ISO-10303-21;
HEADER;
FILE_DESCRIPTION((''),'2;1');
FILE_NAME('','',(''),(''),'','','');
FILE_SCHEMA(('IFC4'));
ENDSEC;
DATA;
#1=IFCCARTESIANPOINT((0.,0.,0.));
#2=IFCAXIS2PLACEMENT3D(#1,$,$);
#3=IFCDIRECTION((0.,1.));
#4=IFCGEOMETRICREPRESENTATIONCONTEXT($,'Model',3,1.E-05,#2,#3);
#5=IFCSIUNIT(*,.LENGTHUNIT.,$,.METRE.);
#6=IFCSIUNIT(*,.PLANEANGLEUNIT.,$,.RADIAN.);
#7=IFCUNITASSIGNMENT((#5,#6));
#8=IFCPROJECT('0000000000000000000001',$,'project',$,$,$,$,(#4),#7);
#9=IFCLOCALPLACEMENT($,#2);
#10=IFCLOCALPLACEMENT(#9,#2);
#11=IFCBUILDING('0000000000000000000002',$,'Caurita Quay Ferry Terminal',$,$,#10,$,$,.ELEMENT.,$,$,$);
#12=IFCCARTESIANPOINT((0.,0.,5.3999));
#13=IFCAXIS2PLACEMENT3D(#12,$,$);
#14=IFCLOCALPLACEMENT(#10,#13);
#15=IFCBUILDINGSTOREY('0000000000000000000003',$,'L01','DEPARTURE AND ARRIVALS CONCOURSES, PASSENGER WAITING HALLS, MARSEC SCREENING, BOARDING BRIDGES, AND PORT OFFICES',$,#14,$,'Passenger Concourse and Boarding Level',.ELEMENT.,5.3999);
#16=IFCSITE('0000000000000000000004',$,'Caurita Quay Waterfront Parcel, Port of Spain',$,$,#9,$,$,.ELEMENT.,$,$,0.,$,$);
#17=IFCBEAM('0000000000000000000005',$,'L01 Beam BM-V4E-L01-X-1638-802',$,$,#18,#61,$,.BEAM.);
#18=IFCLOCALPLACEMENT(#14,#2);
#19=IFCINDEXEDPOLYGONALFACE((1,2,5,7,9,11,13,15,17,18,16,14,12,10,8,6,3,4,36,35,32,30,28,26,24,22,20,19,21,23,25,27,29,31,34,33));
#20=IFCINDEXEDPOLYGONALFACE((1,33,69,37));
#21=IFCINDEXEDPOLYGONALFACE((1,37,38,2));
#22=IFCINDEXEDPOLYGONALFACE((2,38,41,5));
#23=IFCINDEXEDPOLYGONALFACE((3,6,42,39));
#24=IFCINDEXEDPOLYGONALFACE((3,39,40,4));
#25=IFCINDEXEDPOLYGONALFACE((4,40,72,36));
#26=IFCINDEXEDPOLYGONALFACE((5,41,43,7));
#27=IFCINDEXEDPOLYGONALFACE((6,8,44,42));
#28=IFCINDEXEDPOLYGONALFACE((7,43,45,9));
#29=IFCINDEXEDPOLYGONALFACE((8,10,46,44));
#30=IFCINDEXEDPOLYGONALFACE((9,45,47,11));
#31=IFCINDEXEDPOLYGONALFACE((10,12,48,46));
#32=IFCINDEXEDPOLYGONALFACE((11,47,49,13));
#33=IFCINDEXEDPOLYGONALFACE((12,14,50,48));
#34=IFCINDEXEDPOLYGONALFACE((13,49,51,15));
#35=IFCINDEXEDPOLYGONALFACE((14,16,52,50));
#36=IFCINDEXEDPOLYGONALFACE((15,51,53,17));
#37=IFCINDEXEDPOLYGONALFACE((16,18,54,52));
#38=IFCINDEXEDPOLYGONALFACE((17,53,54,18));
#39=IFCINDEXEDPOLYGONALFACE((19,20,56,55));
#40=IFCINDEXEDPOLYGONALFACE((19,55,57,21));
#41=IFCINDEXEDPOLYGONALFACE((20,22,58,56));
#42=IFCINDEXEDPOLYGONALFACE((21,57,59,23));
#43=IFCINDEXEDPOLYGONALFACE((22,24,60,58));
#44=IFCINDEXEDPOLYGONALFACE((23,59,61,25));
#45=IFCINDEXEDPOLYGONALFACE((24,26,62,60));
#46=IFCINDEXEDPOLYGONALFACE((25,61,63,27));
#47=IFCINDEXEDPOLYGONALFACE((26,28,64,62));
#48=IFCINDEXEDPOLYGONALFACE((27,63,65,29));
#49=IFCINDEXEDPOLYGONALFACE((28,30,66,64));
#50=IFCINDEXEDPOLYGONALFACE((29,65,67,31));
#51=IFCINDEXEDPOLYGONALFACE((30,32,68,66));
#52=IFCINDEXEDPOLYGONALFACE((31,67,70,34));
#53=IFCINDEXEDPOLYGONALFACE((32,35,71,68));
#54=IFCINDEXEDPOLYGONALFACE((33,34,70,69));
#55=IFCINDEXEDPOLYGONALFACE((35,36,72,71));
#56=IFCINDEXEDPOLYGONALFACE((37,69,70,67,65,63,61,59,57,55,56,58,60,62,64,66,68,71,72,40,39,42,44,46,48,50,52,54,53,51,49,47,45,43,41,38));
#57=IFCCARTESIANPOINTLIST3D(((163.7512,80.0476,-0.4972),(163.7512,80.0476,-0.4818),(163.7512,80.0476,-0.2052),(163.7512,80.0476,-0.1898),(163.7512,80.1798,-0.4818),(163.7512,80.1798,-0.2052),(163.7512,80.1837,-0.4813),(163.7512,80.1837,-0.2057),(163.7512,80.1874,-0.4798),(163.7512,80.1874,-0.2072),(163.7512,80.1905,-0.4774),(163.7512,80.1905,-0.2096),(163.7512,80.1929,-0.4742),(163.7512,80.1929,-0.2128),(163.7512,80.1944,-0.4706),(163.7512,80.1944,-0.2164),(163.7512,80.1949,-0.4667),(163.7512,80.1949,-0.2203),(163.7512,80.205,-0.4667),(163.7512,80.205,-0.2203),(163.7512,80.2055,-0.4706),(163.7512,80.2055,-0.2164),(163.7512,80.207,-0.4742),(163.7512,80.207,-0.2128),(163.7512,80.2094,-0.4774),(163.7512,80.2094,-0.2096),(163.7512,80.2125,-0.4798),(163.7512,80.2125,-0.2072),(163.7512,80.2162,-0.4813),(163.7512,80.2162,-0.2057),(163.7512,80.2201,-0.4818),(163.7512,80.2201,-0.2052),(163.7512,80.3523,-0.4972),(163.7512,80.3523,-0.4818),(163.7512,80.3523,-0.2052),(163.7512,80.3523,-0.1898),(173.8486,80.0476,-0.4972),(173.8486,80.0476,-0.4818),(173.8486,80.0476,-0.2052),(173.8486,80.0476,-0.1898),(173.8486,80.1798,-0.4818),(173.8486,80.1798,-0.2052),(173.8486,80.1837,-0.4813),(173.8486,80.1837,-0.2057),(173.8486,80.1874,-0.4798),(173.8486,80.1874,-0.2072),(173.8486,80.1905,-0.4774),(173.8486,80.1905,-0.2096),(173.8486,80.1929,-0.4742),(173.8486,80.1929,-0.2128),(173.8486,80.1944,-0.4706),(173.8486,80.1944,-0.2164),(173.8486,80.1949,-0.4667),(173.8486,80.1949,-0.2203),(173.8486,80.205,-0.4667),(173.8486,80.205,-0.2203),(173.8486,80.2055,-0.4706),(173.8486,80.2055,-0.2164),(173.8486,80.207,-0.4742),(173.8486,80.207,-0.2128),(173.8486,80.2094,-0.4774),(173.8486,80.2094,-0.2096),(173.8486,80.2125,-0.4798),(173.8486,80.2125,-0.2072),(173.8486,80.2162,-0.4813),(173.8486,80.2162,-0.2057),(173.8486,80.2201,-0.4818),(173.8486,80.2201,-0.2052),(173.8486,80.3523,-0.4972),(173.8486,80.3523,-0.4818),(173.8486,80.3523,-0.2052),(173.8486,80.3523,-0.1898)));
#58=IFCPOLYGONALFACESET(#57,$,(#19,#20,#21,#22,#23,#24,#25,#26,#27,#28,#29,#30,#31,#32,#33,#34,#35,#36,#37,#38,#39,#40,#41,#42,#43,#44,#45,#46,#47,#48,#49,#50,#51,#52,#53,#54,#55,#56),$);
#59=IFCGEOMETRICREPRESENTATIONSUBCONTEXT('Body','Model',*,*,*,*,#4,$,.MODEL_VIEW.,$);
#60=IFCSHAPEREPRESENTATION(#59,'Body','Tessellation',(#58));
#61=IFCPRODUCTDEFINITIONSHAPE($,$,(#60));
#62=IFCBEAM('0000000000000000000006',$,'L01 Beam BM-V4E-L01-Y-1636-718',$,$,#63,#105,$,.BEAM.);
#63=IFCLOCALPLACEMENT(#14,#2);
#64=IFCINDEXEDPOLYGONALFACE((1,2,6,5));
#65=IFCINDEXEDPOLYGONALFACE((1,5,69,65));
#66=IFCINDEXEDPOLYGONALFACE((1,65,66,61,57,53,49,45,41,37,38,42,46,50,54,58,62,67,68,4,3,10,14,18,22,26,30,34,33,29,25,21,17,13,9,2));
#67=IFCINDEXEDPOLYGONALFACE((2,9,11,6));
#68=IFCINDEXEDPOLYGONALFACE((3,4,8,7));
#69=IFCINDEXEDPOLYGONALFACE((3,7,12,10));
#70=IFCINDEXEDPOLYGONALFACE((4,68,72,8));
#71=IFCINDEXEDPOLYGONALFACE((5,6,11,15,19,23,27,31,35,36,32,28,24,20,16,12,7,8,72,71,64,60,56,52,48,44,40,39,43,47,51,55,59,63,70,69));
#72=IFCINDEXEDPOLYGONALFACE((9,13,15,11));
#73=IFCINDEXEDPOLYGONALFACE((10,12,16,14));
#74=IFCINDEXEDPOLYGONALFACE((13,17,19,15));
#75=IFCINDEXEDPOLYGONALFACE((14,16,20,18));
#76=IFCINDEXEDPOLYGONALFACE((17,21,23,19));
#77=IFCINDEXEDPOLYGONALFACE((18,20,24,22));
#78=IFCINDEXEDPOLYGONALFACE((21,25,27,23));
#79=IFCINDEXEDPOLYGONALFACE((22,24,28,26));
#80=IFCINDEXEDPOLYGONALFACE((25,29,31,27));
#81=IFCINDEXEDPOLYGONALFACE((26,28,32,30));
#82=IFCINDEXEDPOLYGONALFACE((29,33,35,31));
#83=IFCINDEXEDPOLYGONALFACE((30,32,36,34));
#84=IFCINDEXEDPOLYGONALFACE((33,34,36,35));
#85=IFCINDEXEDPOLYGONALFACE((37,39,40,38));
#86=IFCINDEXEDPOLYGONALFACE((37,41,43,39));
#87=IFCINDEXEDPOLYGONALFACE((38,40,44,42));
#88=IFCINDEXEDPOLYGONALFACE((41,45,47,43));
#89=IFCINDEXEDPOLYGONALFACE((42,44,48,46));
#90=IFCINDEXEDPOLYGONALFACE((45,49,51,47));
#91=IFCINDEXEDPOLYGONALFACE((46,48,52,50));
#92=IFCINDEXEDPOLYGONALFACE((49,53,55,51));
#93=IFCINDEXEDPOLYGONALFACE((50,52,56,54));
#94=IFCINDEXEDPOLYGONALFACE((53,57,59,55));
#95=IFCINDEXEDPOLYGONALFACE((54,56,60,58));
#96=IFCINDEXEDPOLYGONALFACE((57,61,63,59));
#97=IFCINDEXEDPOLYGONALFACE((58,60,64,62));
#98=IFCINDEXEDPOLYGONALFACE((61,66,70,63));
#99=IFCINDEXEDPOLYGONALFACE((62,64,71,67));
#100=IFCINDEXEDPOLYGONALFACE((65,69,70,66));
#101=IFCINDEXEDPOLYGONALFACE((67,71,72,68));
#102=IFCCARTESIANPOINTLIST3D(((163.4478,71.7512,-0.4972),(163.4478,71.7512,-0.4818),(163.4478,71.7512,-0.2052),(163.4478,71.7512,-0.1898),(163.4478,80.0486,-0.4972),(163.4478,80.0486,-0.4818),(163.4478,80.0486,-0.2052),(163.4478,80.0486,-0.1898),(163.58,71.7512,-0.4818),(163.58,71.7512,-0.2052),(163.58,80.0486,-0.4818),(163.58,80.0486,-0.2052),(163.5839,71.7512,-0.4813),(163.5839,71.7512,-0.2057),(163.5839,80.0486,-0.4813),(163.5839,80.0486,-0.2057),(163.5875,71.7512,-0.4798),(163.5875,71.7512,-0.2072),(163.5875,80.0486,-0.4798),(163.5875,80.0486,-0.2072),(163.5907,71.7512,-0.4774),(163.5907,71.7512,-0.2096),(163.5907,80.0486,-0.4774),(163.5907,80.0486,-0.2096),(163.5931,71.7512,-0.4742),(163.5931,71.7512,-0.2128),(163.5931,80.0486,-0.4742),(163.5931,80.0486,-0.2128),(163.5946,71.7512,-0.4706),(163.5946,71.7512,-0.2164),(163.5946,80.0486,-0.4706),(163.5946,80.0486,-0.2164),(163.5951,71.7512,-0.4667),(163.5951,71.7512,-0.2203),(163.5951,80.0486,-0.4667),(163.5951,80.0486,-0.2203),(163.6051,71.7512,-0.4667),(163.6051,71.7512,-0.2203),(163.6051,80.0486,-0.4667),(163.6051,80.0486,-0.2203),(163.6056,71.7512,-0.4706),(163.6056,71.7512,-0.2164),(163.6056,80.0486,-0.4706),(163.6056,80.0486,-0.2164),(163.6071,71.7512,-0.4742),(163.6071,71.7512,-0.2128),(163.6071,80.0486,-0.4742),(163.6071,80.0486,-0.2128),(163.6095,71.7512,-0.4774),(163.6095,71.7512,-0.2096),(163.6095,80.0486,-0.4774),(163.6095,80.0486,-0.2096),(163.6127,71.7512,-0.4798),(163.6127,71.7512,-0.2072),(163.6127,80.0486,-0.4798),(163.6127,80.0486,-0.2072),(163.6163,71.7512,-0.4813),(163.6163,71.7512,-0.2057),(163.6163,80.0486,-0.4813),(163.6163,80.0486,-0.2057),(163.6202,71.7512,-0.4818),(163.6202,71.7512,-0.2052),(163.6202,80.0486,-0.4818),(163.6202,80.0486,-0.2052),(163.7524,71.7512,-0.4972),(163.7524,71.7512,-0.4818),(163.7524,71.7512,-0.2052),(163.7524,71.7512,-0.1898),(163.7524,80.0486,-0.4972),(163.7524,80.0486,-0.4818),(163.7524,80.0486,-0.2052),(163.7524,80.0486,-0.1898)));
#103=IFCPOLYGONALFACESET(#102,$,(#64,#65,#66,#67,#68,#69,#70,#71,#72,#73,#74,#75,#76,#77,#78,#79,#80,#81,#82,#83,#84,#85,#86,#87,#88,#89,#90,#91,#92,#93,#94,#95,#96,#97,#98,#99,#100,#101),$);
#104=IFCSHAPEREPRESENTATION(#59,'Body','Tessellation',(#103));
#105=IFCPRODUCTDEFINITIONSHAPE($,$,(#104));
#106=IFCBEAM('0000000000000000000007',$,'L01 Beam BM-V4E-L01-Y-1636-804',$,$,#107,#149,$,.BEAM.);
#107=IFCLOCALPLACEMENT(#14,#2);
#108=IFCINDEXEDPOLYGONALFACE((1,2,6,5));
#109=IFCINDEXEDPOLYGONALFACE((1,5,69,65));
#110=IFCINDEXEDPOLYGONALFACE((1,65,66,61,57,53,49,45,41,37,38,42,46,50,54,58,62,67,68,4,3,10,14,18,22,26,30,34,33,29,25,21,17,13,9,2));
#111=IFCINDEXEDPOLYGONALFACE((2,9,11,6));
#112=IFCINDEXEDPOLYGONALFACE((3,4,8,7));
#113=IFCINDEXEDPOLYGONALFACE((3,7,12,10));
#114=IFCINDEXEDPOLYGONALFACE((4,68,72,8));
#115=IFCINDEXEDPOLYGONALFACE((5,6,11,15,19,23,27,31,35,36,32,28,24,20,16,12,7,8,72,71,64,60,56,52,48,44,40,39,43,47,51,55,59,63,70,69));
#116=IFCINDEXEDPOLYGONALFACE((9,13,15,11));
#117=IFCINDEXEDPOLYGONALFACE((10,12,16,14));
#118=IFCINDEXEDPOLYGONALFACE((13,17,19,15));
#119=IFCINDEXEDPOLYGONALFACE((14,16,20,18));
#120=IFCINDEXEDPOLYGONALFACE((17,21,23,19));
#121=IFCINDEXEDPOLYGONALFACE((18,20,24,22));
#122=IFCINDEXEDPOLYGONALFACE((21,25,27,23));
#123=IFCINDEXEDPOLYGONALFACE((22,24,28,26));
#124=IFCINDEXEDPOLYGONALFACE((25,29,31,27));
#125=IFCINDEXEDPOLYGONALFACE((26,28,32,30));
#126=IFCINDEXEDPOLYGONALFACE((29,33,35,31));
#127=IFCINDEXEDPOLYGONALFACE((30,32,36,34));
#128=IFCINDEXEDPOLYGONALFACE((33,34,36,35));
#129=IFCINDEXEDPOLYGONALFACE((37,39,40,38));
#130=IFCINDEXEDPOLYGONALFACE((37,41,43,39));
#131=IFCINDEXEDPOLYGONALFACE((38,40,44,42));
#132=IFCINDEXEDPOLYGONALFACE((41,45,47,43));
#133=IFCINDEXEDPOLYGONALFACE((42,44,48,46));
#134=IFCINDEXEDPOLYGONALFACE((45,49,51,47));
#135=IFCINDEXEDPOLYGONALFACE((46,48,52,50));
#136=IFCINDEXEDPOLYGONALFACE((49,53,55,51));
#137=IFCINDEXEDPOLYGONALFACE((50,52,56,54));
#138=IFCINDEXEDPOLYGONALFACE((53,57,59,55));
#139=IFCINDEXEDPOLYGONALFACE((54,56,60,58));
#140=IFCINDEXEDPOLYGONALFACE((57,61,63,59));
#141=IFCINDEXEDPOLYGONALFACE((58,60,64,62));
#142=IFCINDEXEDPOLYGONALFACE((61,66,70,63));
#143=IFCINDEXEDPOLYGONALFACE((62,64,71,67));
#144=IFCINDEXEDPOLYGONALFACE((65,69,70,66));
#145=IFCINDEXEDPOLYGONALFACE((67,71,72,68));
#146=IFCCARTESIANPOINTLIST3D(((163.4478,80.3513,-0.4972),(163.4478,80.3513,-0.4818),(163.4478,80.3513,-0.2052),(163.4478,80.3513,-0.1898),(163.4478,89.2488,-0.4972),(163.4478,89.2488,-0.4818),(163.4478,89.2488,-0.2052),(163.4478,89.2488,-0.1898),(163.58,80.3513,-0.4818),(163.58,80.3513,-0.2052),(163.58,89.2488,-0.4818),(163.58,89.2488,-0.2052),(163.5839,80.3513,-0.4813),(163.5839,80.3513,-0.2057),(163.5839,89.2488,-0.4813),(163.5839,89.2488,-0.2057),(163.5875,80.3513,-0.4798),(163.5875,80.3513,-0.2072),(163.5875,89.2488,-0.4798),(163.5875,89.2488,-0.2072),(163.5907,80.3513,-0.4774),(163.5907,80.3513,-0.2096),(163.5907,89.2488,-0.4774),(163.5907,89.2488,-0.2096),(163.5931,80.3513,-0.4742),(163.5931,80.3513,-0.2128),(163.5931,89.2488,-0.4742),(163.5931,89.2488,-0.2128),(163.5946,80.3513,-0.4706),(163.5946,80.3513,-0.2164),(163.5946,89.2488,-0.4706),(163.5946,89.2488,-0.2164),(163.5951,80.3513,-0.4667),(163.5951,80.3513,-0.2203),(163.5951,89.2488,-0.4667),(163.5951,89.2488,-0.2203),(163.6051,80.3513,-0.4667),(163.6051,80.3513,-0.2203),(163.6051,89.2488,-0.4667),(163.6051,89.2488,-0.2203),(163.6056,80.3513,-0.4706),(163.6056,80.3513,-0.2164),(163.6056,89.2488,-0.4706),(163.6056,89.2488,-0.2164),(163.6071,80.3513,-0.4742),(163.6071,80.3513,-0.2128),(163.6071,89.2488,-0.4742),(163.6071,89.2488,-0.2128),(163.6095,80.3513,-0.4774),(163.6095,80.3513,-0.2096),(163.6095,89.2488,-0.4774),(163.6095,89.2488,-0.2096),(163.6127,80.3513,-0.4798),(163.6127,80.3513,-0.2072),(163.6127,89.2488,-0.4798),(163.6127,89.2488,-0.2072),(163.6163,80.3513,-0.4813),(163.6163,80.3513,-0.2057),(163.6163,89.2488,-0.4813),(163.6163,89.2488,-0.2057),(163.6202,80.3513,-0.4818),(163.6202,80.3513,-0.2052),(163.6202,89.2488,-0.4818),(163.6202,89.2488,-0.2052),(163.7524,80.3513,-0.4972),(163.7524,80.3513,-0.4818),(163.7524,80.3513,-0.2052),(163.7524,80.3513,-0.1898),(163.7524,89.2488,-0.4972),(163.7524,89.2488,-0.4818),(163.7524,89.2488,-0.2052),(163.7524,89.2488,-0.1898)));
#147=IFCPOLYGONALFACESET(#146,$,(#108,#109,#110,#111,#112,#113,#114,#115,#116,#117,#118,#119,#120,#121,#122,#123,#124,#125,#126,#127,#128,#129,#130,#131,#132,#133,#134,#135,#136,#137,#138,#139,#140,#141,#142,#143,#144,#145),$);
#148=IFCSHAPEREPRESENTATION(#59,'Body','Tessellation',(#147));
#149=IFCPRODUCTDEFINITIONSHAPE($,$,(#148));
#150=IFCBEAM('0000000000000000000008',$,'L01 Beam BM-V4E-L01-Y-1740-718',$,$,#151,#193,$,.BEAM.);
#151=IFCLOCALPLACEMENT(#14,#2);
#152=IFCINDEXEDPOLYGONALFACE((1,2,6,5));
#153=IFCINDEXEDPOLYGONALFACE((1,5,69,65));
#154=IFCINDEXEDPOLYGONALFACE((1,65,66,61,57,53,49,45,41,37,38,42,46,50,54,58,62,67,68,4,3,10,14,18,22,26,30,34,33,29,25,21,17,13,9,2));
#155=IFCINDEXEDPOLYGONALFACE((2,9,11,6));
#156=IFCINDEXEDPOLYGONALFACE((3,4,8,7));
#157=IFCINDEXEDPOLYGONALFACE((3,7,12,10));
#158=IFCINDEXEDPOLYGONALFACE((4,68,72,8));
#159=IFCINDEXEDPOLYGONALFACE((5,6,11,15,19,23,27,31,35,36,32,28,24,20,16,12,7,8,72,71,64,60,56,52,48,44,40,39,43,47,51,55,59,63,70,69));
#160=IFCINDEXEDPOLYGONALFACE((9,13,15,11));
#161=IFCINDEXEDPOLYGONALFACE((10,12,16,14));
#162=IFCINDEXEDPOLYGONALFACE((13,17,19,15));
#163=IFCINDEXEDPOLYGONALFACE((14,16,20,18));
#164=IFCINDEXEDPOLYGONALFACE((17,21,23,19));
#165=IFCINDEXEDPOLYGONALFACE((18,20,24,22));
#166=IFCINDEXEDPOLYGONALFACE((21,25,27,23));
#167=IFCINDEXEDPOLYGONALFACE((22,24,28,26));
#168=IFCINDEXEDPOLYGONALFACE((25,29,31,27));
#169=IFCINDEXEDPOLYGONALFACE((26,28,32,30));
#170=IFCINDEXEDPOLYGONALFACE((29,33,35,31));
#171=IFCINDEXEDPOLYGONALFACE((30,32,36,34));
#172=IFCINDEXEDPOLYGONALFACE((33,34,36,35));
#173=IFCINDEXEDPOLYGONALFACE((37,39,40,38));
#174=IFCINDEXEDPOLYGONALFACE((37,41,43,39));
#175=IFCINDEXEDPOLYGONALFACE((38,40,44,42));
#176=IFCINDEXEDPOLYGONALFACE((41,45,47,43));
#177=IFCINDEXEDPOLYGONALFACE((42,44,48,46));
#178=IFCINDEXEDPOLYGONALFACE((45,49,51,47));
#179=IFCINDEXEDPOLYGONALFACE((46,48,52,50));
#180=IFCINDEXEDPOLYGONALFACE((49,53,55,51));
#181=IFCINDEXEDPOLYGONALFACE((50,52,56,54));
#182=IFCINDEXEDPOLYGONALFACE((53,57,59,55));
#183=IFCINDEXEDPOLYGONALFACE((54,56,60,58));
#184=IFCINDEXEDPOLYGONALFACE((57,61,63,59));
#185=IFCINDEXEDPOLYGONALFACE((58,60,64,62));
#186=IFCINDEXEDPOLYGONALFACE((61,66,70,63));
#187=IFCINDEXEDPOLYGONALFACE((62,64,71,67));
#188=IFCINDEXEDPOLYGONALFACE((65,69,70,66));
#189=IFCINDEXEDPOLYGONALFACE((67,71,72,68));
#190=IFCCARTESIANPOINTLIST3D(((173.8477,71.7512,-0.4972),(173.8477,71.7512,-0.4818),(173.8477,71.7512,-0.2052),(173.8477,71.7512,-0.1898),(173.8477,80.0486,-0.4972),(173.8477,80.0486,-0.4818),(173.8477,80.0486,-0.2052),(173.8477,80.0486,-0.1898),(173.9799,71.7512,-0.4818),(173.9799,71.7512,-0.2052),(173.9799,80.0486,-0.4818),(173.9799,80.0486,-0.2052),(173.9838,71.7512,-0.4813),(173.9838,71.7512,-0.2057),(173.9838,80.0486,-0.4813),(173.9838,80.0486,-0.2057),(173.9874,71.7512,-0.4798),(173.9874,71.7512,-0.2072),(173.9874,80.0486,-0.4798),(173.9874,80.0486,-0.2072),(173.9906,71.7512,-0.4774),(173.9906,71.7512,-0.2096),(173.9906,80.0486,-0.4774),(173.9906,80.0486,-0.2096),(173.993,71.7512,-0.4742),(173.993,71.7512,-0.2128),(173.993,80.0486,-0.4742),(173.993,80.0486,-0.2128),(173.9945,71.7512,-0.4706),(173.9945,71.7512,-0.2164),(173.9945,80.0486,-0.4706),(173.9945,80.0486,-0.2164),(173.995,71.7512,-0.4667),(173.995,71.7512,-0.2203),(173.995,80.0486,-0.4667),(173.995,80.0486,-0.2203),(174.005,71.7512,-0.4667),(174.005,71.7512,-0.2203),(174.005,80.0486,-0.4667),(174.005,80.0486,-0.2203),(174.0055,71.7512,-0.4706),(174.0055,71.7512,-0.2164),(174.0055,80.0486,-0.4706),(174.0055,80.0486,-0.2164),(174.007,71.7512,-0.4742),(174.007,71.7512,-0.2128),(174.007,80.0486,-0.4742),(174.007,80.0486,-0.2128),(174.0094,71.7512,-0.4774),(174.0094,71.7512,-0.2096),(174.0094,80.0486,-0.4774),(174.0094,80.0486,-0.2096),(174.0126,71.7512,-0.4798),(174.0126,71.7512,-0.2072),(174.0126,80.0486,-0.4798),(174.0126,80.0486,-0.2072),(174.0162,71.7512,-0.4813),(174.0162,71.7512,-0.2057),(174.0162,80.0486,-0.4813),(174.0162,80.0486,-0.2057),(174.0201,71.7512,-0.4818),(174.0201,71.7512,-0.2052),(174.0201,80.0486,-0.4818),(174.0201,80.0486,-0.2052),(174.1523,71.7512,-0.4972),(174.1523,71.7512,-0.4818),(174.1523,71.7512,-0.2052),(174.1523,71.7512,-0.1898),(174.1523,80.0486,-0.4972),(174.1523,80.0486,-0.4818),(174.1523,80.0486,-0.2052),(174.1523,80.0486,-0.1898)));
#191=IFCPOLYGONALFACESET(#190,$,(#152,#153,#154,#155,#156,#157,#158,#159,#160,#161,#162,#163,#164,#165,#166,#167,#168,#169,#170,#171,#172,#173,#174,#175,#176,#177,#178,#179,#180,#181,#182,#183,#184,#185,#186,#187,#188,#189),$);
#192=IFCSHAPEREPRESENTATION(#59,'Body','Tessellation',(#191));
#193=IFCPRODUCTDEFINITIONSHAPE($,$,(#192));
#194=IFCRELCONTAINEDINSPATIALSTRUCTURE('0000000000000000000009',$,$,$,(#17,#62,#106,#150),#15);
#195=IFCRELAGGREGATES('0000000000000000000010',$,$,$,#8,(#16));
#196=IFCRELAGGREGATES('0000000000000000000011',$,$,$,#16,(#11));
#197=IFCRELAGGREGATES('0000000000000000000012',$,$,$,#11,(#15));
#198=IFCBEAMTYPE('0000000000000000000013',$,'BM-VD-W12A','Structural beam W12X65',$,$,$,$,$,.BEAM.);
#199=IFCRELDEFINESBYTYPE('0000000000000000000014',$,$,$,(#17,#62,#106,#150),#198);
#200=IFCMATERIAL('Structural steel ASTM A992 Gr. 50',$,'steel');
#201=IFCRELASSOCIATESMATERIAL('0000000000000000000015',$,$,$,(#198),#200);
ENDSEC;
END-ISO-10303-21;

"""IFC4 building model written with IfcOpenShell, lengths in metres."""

from ifc_helpers import new_model, si_unit, direction, frame, origin, origin_2d, place, context, subcontext, project, spatial, i_section, extrude, material, material_profile, profile_set, type_object, element, save


model = new_model("IFC4")

# Units and contexts
model_context = context("Model", 3, precision=1e-05, world=origin(), true_north=direction((0.0, 1.0)))
body_context = subcontext(model_context, "Body", "Model", "MODEL_VIEW")
ifc_project = project(units=[si_unit("LENGTHUNIT", "METRE"), si_unit("PLANEANGLEUNIT", "RADIAN")], contexts=[model_context])

# Site, building, storey
site_placement = place(None, origin())
site = spatial("IfcSite", under=ifc_project, at=site_placement, Name="Caurita Quay Waterfront Parcel, Port of Spain", CompositionType="ELEMENT", RefElevation=0.0)
building_placement = place(site_placement, origin())
building = spatial("IfcBuilding", under=site, at=building_placement, Name="Caurita Quay Ferry Terminal", CompositionType="ELEMENT")
storey_placement = place(building_placement, frame((0.0, 0.0, 5.3999)))
storey = spatial("IfcBuildingStorey", under=building, at=storey_placement, Name="L01", Description="DEPARTURE AND ARRIVALS CONCOURSES, PASSENGER WAITING HALLS, MARSEC SCREENING, BOARDING BRIDGES, AND PORT OFFICES", LongName="Passenger Concourse and Boarding Level", CompositionType="ELEMENT", Elevation=5.3999)

# Shared definitions
ifc_material_1 = material(Name="Structural steel ASTM A992 Gr. 50", Category="steel")

# Beams
ifc_material_profile_1 = material_profile(ifc_material_1, i_section(OverallWidth=0.3047, OverallDepth=0.3074, WebThickness=0.01, FlangeThickness=0.0154, FilletRadius=0.0151, at=origin_2d()), Name="W12X65")
ifc_profile_set_1 = profile_set([ifc_material_profile_1], Name="Structural steel ASTM A992 Gr. 50")
beam_type_1 = type_object("IfcBeamType", Name="BM-VD-W12A", Description="Structural beam W12X65", PredefinedType="BEAM", material=ifc_profile_set_1)
for number, where, z_axis, x_axis, name in (
    (1, (163.7512, 80.2, -0.3435), (1.0, 0.0, 0.0), (0.0, 1.0, 0.0), "L01 Beam BM-V4E-L01-X-1638-802"),
):
    element("IfcBeam", number, at=place(storey_placement, frame(where, z_axis=z_axis, x_axis=x_axis)), inside=storey, type_object=beam_type_1, Name=name, PredefinedType="BEAM", context=body_context, shape_type="SweptSolid", body=[
        extrude(i_section(OverallWidth=0.3047, OverallDepth=0.3074, WebThickness=0.01, FlangeThickness=0.0154, FilletRadius=0.0151, at=origin_2d()), origin(), (0.0, 0.0, 1.0), 10.0974),
    ])
beam_1_placement = place(storey_placement, frame((163.6001, 71.7512, -0.3435), z_axis=(0.0, 1.0, 0.0), x_axis=(-1.0, 0.0, 0.0)))
element("IfcBeam", 2, at=beam_1_placement, inside=storey, type_object=beam_type_1, Name="L01 Beam BM-V4E-L01-Y-1636-718", PredefinedType="BEAM", context=body_context, shape_type="SweptSolid", body=[
    extrude(i_section(OverallWidth=0.3047, OverallDepth=0.3074, WebThickness=0.01, FlangeThickness=0.0154, FilletRadius=0.0151, at=origin_2d()), origin(), (0.0, 0.0, 1.0), 8.2974),
])
beam_2_placement = place(storey_placement, frame((163.6001, 80.3513, -0.3435), z_axis=(0.0, 1.0, 0.0), x_axis=(-1.0, 0.0, 0.0)))
element("IfcBeam", 3, at=beam_2_placement, inside=storey, type_object=beam_type_1, Name="L01 Beam BM-V4E-L01-Y-1636-804", PredefinedType="BEAM", context=body_context, shape_type="SweptSolid", body=[
    extrude(i_section(OverallWidth=0.3047, OverallDepth=0.3074, WebThickness=0.01, FlangeThickness=0.0154, FilletRadius=0.0151, at=origin_2d()), origin(), (0.0, 0.0, 1.0), 8.8975),
])
beam_3_placement = place(storey_placement, frame((174.0, 71.7512, -0.3435), z_axis=(0.0, 1.0, 0.0), x_axis=(-1.0, 0.0, 0.0)))
element("IfcBeam", 4, at=beam_3_placement, inside=storey, type_object=beam_type_1, Name="L01 Beam BM-V4E-L01-Y-1740-718", PredefinedType="BEAM", context=body_context, shape_type="SweptSolid", body=[
    extrude(i_section(OverallWidth=0.3047, OverallDepth=0.3074, WebThickness=0.01, FlangeThickness=0.0154, FilletRadius=0.0151, at=origin_2d()), origin(), (0.0, 0.0, 1.0), 8.2974),
])

save(model, "model.ifc")
